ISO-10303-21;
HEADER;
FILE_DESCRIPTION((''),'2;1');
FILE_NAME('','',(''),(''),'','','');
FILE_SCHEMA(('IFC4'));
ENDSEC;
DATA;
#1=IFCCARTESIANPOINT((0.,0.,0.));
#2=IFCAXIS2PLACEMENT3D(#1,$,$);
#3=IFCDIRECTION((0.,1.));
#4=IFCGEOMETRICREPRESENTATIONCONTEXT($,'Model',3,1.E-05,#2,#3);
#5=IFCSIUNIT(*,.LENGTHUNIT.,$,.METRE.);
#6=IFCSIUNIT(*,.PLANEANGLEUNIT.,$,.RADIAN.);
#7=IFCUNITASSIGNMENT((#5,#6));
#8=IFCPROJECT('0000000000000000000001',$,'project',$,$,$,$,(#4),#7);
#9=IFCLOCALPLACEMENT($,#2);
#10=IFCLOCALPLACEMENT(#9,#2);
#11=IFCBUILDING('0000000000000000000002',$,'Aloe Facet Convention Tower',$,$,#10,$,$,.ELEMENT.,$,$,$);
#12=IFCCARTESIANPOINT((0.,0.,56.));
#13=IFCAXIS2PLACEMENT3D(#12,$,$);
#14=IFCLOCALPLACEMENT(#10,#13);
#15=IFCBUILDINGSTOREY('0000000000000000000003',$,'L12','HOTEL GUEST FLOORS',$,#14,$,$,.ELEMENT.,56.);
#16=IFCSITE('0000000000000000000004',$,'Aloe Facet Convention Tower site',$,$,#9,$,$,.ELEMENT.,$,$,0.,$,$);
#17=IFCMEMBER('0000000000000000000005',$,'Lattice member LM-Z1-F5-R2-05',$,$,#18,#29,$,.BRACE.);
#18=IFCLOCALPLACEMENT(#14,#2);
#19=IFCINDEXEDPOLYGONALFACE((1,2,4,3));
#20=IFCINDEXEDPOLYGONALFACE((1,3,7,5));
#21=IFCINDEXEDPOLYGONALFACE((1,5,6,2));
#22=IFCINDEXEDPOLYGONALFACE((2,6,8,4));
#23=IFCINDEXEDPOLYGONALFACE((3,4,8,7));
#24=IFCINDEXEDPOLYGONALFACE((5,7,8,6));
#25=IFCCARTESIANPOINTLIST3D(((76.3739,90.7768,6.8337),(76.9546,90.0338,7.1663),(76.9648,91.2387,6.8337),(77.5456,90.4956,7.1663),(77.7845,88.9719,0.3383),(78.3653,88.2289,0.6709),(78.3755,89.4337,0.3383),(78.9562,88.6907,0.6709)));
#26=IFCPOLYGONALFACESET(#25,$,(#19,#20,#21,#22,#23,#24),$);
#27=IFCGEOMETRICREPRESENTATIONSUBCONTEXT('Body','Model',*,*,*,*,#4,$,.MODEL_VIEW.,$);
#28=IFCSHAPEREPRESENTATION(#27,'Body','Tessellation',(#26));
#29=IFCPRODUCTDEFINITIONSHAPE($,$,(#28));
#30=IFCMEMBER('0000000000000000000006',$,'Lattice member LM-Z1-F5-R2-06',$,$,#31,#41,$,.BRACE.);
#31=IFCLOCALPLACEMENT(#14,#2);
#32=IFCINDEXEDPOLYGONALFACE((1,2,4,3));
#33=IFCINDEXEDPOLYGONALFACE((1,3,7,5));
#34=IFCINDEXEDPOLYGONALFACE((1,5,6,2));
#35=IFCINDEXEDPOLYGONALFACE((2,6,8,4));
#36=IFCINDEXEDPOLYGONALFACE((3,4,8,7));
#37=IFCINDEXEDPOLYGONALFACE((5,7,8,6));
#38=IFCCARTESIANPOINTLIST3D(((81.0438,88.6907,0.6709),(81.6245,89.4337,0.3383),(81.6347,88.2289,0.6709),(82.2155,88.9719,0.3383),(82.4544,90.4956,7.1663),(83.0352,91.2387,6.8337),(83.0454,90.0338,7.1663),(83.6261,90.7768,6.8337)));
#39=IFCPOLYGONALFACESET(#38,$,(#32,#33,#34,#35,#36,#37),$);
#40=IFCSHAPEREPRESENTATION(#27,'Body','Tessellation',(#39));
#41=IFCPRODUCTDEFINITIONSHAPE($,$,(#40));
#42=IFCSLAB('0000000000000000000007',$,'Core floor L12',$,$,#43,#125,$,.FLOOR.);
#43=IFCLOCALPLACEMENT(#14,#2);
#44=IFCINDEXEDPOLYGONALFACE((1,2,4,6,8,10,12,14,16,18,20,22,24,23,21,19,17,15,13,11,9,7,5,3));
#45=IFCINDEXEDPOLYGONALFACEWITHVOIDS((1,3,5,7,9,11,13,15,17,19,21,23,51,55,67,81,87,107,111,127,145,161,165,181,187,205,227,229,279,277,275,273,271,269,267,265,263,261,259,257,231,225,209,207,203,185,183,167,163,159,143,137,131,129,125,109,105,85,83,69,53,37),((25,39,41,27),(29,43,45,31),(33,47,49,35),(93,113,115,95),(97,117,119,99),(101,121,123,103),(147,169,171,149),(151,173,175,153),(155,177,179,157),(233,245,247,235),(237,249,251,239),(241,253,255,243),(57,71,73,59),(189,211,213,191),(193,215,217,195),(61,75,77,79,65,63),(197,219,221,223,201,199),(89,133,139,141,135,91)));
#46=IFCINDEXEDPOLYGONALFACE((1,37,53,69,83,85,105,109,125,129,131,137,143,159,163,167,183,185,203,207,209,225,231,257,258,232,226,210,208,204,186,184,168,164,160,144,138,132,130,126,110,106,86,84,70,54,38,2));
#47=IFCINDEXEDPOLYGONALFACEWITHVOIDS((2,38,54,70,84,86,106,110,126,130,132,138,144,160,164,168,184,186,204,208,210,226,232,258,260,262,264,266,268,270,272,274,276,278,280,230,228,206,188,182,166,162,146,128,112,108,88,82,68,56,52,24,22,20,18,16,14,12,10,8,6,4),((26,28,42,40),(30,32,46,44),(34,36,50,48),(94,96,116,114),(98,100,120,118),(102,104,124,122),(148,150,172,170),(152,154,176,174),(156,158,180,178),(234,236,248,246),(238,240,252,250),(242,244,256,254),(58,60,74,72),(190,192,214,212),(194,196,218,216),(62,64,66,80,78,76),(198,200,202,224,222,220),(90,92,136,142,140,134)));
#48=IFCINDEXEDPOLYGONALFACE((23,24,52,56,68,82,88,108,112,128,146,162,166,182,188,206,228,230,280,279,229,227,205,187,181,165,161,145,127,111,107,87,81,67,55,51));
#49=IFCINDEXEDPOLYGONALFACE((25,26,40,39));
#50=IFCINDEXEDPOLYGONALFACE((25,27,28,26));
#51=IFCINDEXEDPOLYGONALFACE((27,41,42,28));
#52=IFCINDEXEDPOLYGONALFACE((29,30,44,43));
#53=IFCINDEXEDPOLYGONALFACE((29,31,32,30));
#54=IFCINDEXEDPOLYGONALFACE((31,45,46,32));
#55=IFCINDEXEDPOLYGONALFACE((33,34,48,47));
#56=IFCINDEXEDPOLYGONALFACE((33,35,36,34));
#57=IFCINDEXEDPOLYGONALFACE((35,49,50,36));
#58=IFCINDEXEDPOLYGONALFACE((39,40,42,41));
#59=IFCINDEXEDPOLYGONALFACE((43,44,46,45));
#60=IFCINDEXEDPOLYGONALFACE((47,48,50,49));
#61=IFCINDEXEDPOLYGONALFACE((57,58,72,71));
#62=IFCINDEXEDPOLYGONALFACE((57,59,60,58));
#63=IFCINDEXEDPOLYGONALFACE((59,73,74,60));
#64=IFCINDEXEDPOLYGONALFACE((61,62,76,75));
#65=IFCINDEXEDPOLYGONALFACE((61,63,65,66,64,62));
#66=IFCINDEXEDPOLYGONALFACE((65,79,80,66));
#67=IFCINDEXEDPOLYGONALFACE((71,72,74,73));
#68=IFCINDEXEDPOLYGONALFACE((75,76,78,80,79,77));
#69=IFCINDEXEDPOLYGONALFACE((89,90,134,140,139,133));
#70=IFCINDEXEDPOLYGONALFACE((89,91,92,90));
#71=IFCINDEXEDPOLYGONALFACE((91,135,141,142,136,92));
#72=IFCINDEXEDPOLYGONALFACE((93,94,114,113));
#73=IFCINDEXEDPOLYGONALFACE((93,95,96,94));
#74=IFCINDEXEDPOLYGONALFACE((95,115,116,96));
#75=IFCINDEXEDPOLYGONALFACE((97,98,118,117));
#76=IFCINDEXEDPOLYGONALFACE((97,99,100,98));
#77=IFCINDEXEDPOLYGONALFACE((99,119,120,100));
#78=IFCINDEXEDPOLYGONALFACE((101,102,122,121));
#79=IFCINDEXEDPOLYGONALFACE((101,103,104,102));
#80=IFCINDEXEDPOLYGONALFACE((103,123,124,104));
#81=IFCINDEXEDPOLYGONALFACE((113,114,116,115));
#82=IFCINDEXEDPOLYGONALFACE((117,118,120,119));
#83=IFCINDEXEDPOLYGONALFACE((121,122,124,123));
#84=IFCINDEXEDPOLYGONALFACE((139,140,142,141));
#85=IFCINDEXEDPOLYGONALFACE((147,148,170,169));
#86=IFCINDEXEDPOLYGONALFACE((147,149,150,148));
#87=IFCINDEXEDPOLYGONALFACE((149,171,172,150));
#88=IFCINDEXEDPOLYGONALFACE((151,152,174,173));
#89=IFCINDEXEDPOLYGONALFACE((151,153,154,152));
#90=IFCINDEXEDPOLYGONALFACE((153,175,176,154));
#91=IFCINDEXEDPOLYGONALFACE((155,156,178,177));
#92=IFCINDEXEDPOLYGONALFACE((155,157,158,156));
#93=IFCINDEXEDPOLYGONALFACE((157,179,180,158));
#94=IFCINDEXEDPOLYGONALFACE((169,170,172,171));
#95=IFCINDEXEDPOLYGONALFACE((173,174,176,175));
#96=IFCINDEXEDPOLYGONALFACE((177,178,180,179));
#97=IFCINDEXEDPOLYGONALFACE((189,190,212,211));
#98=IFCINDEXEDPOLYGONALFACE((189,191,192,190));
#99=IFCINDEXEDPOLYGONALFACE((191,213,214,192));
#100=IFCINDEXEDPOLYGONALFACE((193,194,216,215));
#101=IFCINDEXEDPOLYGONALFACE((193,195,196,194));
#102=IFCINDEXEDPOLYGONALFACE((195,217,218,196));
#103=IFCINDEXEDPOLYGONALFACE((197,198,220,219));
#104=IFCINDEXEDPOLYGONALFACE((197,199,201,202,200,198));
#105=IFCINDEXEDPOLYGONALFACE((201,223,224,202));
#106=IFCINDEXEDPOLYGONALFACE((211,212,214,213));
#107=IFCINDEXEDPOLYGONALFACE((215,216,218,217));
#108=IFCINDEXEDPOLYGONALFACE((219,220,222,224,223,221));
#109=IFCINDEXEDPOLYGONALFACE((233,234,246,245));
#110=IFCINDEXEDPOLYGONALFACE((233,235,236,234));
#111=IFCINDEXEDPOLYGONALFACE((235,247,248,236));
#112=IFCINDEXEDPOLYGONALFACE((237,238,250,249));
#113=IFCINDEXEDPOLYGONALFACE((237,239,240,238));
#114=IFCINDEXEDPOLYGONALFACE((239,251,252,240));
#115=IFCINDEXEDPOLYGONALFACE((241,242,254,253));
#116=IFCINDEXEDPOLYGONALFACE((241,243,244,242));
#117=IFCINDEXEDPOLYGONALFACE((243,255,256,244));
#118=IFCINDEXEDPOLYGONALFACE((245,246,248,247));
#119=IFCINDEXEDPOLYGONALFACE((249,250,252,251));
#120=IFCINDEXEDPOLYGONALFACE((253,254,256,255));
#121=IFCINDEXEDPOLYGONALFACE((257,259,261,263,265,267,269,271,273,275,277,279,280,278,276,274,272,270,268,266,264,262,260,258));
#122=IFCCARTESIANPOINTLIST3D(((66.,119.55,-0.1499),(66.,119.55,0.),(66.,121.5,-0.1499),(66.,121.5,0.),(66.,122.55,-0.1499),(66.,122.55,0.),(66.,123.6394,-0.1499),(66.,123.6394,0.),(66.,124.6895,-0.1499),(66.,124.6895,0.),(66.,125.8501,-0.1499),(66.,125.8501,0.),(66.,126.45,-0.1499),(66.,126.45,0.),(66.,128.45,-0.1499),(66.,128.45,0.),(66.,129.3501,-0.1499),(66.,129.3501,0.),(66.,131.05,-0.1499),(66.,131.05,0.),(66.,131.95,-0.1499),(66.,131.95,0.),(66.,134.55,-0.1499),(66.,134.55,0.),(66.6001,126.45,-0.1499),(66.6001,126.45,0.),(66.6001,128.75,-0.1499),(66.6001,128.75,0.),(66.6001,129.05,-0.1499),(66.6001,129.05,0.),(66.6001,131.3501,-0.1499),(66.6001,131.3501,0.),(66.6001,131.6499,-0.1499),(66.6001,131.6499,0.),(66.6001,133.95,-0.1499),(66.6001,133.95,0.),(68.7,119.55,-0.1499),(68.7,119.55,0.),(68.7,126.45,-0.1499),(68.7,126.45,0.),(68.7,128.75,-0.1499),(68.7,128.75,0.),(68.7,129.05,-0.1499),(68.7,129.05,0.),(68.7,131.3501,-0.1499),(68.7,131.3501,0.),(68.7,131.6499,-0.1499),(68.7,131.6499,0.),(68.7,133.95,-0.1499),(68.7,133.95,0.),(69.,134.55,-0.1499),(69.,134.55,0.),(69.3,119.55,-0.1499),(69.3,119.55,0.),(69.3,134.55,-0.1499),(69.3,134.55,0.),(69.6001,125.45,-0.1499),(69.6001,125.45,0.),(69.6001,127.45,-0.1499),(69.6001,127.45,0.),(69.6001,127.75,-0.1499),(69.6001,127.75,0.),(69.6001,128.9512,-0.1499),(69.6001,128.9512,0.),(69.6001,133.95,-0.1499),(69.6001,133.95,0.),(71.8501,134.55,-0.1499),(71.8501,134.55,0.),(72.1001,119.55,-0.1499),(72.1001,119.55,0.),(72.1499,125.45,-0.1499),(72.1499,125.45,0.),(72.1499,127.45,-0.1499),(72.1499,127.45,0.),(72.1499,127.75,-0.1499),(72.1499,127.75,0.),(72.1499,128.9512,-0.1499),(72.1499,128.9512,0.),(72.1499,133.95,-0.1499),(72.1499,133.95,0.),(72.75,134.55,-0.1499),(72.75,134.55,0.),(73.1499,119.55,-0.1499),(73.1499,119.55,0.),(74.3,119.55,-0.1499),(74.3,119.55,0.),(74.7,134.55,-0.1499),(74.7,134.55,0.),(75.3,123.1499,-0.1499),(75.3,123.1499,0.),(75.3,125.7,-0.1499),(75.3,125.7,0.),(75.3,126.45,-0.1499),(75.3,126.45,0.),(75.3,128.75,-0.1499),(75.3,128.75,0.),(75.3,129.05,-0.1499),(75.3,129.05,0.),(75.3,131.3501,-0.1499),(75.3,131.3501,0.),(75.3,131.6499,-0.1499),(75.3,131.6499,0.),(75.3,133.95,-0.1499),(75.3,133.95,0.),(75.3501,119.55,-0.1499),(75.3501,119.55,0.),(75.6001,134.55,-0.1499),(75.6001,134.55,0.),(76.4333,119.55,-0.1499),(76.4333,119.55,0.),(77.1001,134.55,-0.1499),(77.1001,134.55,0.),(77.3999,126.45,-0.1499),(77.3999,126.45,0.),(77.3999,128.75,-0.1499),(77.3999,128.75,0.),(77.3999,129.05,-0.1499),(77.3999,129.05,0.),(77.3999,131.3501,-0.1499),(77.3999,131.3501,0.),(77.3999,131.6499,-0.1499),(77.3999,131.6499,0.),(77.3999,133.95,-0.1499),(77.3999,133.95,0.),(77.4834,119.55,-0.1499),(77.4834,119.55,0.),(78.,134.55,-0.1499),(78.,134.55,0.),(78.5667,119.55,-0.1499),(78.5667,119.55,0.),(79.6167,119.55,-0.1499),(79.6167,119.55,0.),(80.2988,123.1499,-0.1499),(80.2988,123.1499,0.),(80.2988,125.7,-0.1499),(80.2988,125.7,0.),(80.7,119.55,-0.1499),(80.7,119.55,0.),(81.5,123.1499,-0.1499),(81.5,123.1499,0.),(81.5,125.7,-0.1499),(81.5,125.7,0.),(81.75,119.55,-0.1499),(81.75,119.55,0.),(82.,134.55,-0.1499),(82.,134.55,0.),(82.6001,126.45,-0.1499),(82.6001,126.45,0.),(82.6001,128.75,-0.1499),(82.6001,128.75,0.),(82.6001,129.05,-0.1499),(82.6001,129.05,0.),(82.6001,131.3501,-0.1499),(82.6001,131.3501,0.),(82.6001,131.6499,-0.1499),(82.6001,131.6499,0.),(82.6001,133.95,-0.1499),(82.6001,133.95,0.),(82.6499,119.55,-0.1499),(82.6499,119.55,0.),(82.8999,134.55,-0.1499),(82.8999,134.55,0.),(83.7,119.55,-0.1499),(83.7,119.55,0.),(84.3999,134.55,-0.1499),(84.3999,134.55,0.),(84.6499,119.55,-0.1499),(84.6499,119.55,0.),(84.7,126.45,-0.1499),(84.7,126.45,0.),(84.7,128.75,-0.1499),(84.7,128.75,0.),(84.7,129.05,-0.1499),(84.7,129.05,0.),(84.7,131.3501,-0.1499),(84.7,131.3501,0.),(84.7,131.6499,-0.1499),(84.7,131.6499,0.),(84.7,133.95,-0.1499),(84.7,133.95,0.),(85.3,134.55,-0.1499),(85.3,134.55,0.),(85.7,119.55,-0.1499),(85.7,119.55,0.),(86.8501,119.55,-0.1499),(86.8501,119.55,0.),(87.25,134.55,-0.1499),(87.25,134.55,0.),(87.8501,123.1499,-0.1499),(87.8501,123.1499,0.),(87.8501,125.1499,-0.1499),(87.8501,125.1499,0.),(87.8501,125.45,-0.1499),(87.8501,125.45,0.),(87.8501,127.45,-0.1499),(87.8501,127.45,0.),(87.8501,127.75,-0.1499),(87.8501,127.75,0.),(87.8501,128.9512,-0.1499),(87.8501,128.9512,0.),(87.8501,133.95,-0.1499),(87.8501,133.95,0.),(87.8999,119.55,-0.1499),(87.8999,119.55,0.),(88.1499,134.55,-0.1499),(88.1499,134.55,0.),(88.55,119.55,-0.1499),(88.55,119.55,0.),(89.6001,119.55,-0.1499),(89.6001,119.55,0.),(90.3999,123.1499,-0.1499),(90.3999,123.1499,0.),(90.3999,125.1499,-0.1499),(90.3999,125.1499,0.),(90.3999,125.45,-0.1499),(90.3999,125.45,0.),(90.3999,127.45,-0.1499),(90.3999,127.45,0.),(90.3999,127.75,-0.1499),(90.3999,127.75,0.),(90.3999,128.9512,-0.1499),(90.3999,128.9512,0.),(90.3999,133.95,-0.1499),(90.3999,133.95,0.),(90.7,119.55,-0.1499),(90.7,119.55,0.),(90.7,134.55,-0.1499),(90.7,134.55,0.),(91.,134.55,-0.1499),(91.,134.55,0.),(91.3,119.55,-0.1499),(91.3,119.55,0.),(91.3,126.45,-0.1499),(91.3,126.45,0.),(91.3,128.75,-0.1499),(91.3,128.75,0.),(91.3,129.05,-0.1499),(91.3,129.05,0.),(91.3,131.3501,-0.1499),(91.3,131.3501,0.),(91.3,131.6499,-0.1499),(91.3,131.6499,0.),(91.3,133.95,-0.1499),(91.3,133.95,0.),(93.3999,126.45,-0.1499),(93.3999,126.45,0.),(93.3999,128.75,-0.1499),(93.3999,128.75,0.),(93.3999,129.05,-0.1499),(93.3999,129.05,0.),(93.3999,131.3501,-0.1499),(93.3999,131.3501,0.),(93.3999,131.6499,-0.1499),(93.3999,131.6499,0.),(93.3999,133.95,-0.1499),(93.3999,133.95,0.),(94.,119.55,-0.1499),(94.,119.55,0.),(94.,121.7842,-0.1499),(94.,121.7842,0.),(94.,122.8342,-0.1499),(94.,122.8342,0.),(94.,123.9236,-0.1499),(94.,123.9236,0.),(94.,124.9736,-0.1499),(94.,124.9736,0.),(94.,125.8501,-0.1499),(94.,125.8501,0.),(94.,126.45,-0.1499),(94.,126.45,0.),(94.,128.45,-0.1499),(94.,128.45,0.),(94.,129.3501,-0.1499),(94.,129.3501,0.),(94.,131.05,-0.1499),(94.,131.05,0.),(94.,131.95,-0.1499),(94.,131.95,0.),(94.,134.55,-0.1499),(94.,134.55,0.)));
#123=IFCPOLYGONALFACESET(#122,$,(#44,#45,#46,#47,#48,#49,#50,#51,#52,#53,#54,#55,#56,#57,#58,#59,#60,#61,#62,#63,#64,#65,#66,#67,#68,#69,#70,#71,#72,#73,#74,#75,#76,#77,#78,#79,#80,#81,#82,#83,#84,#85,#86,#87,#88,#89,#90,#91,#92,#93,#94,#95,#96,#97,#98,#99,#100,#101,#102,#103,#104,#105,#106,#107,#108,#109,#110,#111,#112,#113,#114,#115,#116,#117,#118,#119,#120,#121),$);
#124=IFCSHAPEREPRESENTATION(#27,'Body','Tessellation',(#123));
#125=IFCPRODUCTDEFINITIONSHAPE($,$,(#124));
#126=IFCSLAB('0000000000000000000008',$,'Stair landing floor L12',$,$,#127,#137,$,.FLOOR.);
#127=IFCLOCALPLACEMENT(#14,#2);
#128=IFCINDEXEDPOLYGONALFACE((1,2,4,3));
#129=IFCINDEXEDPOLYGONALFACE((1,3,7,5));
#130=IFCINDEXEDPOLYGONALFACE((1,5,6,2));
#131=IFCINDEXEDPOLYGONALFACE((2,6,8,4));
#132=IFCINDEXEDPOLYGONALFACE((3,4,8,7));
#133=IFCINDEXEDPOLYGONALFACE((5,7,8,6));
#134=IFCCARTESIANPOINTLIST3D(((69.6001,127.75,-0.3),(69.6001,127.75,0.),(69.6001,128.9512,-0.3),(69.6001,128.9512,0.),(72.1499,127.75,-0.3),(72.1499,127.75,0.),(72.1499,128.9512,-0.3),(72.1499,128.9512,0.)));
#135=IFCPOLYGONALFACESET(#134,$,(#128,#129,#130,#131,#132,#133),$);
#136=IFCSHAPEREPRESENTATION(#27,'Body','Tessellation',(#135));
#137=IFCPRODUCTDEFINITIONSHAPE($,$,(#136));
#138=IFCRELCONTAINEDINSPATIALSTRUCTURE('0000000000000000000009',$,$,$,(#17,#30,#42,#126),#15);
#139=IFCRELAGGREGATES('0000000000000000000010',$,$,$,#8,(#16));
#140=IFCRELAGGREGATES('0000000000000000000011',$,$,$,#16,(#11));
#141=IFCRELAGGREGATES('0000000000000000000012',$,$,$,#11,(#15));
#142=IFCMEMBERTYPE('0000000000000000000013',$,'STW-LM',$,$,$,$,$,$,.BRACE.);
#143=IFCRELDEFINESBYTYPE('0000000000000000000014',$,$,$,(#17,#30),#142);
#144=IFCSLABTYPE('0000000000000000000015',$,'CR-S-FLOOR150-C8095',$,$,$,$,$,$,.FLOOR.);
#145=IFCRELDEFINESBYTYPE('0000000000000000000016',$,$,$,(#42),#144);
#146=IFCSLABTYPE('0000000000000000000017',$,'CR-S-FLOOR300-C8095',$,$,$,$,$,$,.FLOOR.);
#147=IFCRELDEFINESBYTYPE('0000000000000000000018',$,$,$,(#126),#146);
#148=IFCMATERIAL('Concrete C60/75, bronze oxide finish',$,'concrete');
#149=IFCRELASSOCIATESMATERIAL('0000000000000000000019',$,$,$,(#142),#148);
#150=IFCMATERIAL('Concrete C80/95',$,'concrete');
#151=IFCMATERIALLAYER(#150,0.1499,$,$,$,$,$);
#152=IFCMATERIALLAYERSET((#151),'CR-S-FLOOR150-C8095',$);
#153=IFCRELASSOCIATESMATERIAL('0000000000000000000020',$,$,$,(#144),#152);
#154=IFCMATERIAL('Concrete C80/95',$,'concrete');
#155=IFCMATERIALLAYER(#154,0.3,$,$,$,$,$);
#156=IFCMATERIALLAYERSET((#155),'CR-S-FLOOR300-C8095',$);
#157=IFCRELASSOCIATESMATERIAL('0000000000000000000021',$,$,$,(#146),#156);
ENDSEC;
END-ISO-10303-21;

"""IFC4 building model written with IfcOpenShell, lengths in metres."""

from ifc_helpers import new_model, si_unit, direction, frame, origin, origin_2d, place, context, subcontext, project, spatial, polyline, rectangle, outline, extrude, material, layer, layer_set, material_profile, profile_set, type_object, element, save


model = new_model("IFC4")

# Units and contexts
model_context = context("Model", 3, precision=1e-05, world=origin(), true_north=direction((0.0, 1.0)))
body_context = subcontext(model_context, "Body", "Model", "MODEL_VIEW")
ifc_project = project(units=[si_unit("LENGTHUNIT", "METRE"), si_unit("PLANEANGLEUNIT", "RADIAN")], contexts=[model_context])

# Site, building, storey
site_placement = place(None, origin())
site = spatial("IfcSite", under=ifc_project, at=site_placement, Name="Aloe Facet Convention Tower site", CompositionType="ELEMENT", RefElevation=0.0)
building_placement = place(site_placement, origin())
building = spatial("IfcBuilding", under=site, at=building_placement, Name="Aloe Facet Convention Tower", CompositionType="ELEMENT")
storey_placement = place(building_placement, frame((0.0, 0.0, 56.0)))
storey = spatial("IfcBuildingStorey", under=building, at=storey_placement, Name="L12", Description="HOTEL GUEST FLOORS", CompositionType="ELEMENT", Elevation=56.0)

# Members
ifc_material_1 = material(Name="Concrete C60/75, bronze oxide finish", Category="concrete")
ifc_material_profile = material_profile(ifc_material_1, rectangle(XDim=0.75, YDim=1.0, at=origin_2d()), Name="STW-LM")
ifc_profile_set = profile_set([ifc_material_profile], Name="Concrete C60/75, bronze oxide finish")
member_type = type_object("IfcMemberType", Name="STW-LM", PredefinedType="BRACE", material=ifc_profile_set)
for number, where, z_axis, x_axis, name in (
    (1, (78.3704, 88.8313, 0.5046), (-0.204813, 0.26206, 0.943068), (-0.78791, -0.615791, 0.0), "Lattice member LM-Z1-F5-R2-05"),
    (2, (81.6296, 88.8313, 0.5046), (0.204813, 0.26206, 0.943068), (-0.78791, 0.615791, 0.0), "Lattice member LM-Z1-F5-R2-06"),
):
    element("IfcMember", number, at=place(storey_placement, frame(where, z_axis=z_axis, x_axis=x_axis)), inside=storey, type_object=member_type, Name=name, PredefinedType="BRACE", context=body_context, shape_type="SweptSolid", body=[
        extrude(rectangle(XDim=0.75, YDim=1.0, at=origin_2d()), origin(), (0.0, 0.0, 1.0), 6.8875),
    ])

# Slabs
ifc_material_2 = material(Name="Concrete C80/95", Category="concrete")
ifc_layer_1 = layer(ifc_material_2, 0.1499)
ifc_layer_set_1 = layer_set([ifc_layer_1], Name="CR-S-FLOOR150-C8095")
slab_type_1 = type_object("IfcSlabType", Name="CR-S-FLOOR150-C8095", PredefinedType="FLOOR", material=ifc_layer_set_1)
slab_1_placement = place(storey_placement, frame((0.0, 0.0, -0.1499)))
element("IfcSlab", 3, at=slab_1_placement, inside=storey, type_object=slab_type_1, Name="Core floor L12", PredefinedType="FLOOR", context=body_context, shape_type="SweptSolid", body=[
    extrude(outline(polyline([(69.3, 134.55), (71.8501, 134.55), (72.75, 134.55), (74.7, 134.55), (75.6001, 134.55), (77.1001, 134.55), (78.0, 134.55), (82.0, 134.55), (82.8999, 134.55), (84.3999, 134.55), (85.3, 134.55), (87.25, 134.55), (88.1499, 134.55), (90.7, 134.55), (91.0, 134.55), (94.0, 134.55), (94.0, 131.95), (94.0, 131.05), (94.0, 129.3501), (94.0, 128.45), (94.0, 126.45), (94.0, 125.8501), (94.0, 124.9736), (94.0, 123.9236), (94.0, 122.8342), (94.0, 121.7842), (94.0, 119.55), (91.3, 119.55), (90.7, 119.55), (89.6001, 119.55), (88.55, 119.55), (87.8999, 119.55), (86.8501, 119.55), (85.7, 119.55), (84.6499, 119.55), (83.7, 119.55), (82.6499, 119.55), (81.75, 119.55), (80.7, 119.55), (79.6167, 119.55), (78.5667, 119.55), (77.4834, 119.55), (76.4333, 119.55), (75.3501, 119.55), (74.3, 119.55), (73.1499, 119.55), (72.1001, 119.55), (69.3, 119.55), (68.7, 119.55), (66.0, 119.55), (66.0, 121.5), (66.0, 122.55), (66.0, 123.6394), (66.0, 124.6895), (66.0, 125.8501), (66.0, 126.45), (66.0, 128.45), (66.0, 129.3501), (66.0, 131.05), (66.0, 131.95), (66.0, 134.55), (69.0, 134.55), (69.3, 134.55)]), holes=[polyline([(75.3, 123.1499), (80.2988, 123.1499), (81.5, 123.1499), (81.5, 125.7), (80.2988, 125.7), (75.3, 125.7), (75.3, 123.1499)]), polyline([(69.6001, 125.45), (72.1499, 125.45), (72.1499, 127.45), (69.6001, 127.45), (69.6001, 125.45)]), polyline([(66.6001, 126.45), (68.7, 126.45), (68.7, 128.75), (66.6001, 128.75), (66.6001, 126.45)]), polyline([(75.3, 126.45), (77.3999, 126.45), (77.3999, 128.75), (75.3, 128.75), (75.3, 126.45)]), polyline([(66.6001, 129.05), (68.7, 129.05), (68.7, 131.3501), (66.6001, 131.3501), (66.6001, 129.05)]), polyline([(75.3, 129.05), (77.3999, 129.05), (77.3999, 131.3501), (75.3, 131.3501), (75.3, 129.05)]), polyline([(69.6001, 133.95), (69.6001, 128.9512), (69.6001, 127.75), (72.1499, 127.75), (72.1499, 128.9512), (72.1499, 133.95), (69.6001, 133.95)]), polyline([(66.6001, 133.95), (66.6001, 131.6499), (68.7, 131.6499), (68.7, 133.95), (66.6001, 133.95)]), polyline([(75.3, 133.95), (75.3, 131.6499), (77.3999, 131.6499), (77.3999, 133.95), (75.3, 133.95)]), polyline([(87.8501, 123.1499), (90.3999, 123.1499), (90.3999, 125.1499), (87.8501, 125.1499), (87.8501, 123.1499)]), polyline([(87.8501, 125.45), (90.3999, 125.45), (90.3999, 127.45), (87.8501, 127.45), (87.8501, 125.45)]), polyline([(82.6001, 126.45), (84.7, 126.45), (84.7, 128.75), (82.6001, 128.75), (82.6001, 126.45)]), polyline([(91.3, 126.45), (93.3999, 126.45), (93.3999, 128.75), (91.3, 128.75), (91.3, 126.45)]), polyline([(82.6001, 129.05), (84.7, 129.05), (84.7, 131.3501), (82.6001, 131.3501), (82.6001, 129.05)]), polyline([(91.3, 129.05), (93.3999, 129.05), (93.3999, 131.3501), (91.3, 131.3501), (91.3, 129.05)]), polyline([(87.8501, 133.95), (87.8501, 128.9512), (87.8501, 127.75), (90.3999, 127.75), (90.3999, 128.9512), (90.3999, 133.95), (87.8501, 133.95)]), polyline([(82.6001, 133.95), (82.6001, 131.6499), (84.7, 131.6499), (84.7, 133.95), (82.6001, 133.95)]), polyline([(91.3, 133.95), (91.3, 131.6499), (93.3999, 131.6499), (93.3999, 133.95), (91.3, 133.95)])]), origin(), (0.0, 0.0, 1.0), 0.1499),
])
ifc_material_3 = material(Name="Concrete C80/95", Category="concrete")
ifc_layer_2 = layer(ifc_material_3, 0.3)
ifc_layer_set_2 = layer_set([ifc_layer_2], Name="CR-S-FLOOR300-C8095")
slab_type_2 = type_object("IfcSlabType", Name="CR-S-FLOOR300-C8095", PredefinedType="FLOOR", material=ifc_layer_set_2)
slab_2_placement = place(storey_placement, frame((0.0, 0.0, -0.3)))
element("IfcSlab", 4, at=slab_2_placement, inside=storey, type_object=slab_type_2, Name="Stair landing floor L12", PredefinedType="FLOOR", context=body_context, shape_type="SweptSolid", body=[
    extrude(outline(polyline([(72.1499, 127.75), (72.1499, 128.9512), (69.6001, 128.9512), (69.6001, 127.75), (72.1499, 127.75)])), origin(), (0.0, 0.0, 1.0), 0.3),
])

save(model, "model.ifc")
